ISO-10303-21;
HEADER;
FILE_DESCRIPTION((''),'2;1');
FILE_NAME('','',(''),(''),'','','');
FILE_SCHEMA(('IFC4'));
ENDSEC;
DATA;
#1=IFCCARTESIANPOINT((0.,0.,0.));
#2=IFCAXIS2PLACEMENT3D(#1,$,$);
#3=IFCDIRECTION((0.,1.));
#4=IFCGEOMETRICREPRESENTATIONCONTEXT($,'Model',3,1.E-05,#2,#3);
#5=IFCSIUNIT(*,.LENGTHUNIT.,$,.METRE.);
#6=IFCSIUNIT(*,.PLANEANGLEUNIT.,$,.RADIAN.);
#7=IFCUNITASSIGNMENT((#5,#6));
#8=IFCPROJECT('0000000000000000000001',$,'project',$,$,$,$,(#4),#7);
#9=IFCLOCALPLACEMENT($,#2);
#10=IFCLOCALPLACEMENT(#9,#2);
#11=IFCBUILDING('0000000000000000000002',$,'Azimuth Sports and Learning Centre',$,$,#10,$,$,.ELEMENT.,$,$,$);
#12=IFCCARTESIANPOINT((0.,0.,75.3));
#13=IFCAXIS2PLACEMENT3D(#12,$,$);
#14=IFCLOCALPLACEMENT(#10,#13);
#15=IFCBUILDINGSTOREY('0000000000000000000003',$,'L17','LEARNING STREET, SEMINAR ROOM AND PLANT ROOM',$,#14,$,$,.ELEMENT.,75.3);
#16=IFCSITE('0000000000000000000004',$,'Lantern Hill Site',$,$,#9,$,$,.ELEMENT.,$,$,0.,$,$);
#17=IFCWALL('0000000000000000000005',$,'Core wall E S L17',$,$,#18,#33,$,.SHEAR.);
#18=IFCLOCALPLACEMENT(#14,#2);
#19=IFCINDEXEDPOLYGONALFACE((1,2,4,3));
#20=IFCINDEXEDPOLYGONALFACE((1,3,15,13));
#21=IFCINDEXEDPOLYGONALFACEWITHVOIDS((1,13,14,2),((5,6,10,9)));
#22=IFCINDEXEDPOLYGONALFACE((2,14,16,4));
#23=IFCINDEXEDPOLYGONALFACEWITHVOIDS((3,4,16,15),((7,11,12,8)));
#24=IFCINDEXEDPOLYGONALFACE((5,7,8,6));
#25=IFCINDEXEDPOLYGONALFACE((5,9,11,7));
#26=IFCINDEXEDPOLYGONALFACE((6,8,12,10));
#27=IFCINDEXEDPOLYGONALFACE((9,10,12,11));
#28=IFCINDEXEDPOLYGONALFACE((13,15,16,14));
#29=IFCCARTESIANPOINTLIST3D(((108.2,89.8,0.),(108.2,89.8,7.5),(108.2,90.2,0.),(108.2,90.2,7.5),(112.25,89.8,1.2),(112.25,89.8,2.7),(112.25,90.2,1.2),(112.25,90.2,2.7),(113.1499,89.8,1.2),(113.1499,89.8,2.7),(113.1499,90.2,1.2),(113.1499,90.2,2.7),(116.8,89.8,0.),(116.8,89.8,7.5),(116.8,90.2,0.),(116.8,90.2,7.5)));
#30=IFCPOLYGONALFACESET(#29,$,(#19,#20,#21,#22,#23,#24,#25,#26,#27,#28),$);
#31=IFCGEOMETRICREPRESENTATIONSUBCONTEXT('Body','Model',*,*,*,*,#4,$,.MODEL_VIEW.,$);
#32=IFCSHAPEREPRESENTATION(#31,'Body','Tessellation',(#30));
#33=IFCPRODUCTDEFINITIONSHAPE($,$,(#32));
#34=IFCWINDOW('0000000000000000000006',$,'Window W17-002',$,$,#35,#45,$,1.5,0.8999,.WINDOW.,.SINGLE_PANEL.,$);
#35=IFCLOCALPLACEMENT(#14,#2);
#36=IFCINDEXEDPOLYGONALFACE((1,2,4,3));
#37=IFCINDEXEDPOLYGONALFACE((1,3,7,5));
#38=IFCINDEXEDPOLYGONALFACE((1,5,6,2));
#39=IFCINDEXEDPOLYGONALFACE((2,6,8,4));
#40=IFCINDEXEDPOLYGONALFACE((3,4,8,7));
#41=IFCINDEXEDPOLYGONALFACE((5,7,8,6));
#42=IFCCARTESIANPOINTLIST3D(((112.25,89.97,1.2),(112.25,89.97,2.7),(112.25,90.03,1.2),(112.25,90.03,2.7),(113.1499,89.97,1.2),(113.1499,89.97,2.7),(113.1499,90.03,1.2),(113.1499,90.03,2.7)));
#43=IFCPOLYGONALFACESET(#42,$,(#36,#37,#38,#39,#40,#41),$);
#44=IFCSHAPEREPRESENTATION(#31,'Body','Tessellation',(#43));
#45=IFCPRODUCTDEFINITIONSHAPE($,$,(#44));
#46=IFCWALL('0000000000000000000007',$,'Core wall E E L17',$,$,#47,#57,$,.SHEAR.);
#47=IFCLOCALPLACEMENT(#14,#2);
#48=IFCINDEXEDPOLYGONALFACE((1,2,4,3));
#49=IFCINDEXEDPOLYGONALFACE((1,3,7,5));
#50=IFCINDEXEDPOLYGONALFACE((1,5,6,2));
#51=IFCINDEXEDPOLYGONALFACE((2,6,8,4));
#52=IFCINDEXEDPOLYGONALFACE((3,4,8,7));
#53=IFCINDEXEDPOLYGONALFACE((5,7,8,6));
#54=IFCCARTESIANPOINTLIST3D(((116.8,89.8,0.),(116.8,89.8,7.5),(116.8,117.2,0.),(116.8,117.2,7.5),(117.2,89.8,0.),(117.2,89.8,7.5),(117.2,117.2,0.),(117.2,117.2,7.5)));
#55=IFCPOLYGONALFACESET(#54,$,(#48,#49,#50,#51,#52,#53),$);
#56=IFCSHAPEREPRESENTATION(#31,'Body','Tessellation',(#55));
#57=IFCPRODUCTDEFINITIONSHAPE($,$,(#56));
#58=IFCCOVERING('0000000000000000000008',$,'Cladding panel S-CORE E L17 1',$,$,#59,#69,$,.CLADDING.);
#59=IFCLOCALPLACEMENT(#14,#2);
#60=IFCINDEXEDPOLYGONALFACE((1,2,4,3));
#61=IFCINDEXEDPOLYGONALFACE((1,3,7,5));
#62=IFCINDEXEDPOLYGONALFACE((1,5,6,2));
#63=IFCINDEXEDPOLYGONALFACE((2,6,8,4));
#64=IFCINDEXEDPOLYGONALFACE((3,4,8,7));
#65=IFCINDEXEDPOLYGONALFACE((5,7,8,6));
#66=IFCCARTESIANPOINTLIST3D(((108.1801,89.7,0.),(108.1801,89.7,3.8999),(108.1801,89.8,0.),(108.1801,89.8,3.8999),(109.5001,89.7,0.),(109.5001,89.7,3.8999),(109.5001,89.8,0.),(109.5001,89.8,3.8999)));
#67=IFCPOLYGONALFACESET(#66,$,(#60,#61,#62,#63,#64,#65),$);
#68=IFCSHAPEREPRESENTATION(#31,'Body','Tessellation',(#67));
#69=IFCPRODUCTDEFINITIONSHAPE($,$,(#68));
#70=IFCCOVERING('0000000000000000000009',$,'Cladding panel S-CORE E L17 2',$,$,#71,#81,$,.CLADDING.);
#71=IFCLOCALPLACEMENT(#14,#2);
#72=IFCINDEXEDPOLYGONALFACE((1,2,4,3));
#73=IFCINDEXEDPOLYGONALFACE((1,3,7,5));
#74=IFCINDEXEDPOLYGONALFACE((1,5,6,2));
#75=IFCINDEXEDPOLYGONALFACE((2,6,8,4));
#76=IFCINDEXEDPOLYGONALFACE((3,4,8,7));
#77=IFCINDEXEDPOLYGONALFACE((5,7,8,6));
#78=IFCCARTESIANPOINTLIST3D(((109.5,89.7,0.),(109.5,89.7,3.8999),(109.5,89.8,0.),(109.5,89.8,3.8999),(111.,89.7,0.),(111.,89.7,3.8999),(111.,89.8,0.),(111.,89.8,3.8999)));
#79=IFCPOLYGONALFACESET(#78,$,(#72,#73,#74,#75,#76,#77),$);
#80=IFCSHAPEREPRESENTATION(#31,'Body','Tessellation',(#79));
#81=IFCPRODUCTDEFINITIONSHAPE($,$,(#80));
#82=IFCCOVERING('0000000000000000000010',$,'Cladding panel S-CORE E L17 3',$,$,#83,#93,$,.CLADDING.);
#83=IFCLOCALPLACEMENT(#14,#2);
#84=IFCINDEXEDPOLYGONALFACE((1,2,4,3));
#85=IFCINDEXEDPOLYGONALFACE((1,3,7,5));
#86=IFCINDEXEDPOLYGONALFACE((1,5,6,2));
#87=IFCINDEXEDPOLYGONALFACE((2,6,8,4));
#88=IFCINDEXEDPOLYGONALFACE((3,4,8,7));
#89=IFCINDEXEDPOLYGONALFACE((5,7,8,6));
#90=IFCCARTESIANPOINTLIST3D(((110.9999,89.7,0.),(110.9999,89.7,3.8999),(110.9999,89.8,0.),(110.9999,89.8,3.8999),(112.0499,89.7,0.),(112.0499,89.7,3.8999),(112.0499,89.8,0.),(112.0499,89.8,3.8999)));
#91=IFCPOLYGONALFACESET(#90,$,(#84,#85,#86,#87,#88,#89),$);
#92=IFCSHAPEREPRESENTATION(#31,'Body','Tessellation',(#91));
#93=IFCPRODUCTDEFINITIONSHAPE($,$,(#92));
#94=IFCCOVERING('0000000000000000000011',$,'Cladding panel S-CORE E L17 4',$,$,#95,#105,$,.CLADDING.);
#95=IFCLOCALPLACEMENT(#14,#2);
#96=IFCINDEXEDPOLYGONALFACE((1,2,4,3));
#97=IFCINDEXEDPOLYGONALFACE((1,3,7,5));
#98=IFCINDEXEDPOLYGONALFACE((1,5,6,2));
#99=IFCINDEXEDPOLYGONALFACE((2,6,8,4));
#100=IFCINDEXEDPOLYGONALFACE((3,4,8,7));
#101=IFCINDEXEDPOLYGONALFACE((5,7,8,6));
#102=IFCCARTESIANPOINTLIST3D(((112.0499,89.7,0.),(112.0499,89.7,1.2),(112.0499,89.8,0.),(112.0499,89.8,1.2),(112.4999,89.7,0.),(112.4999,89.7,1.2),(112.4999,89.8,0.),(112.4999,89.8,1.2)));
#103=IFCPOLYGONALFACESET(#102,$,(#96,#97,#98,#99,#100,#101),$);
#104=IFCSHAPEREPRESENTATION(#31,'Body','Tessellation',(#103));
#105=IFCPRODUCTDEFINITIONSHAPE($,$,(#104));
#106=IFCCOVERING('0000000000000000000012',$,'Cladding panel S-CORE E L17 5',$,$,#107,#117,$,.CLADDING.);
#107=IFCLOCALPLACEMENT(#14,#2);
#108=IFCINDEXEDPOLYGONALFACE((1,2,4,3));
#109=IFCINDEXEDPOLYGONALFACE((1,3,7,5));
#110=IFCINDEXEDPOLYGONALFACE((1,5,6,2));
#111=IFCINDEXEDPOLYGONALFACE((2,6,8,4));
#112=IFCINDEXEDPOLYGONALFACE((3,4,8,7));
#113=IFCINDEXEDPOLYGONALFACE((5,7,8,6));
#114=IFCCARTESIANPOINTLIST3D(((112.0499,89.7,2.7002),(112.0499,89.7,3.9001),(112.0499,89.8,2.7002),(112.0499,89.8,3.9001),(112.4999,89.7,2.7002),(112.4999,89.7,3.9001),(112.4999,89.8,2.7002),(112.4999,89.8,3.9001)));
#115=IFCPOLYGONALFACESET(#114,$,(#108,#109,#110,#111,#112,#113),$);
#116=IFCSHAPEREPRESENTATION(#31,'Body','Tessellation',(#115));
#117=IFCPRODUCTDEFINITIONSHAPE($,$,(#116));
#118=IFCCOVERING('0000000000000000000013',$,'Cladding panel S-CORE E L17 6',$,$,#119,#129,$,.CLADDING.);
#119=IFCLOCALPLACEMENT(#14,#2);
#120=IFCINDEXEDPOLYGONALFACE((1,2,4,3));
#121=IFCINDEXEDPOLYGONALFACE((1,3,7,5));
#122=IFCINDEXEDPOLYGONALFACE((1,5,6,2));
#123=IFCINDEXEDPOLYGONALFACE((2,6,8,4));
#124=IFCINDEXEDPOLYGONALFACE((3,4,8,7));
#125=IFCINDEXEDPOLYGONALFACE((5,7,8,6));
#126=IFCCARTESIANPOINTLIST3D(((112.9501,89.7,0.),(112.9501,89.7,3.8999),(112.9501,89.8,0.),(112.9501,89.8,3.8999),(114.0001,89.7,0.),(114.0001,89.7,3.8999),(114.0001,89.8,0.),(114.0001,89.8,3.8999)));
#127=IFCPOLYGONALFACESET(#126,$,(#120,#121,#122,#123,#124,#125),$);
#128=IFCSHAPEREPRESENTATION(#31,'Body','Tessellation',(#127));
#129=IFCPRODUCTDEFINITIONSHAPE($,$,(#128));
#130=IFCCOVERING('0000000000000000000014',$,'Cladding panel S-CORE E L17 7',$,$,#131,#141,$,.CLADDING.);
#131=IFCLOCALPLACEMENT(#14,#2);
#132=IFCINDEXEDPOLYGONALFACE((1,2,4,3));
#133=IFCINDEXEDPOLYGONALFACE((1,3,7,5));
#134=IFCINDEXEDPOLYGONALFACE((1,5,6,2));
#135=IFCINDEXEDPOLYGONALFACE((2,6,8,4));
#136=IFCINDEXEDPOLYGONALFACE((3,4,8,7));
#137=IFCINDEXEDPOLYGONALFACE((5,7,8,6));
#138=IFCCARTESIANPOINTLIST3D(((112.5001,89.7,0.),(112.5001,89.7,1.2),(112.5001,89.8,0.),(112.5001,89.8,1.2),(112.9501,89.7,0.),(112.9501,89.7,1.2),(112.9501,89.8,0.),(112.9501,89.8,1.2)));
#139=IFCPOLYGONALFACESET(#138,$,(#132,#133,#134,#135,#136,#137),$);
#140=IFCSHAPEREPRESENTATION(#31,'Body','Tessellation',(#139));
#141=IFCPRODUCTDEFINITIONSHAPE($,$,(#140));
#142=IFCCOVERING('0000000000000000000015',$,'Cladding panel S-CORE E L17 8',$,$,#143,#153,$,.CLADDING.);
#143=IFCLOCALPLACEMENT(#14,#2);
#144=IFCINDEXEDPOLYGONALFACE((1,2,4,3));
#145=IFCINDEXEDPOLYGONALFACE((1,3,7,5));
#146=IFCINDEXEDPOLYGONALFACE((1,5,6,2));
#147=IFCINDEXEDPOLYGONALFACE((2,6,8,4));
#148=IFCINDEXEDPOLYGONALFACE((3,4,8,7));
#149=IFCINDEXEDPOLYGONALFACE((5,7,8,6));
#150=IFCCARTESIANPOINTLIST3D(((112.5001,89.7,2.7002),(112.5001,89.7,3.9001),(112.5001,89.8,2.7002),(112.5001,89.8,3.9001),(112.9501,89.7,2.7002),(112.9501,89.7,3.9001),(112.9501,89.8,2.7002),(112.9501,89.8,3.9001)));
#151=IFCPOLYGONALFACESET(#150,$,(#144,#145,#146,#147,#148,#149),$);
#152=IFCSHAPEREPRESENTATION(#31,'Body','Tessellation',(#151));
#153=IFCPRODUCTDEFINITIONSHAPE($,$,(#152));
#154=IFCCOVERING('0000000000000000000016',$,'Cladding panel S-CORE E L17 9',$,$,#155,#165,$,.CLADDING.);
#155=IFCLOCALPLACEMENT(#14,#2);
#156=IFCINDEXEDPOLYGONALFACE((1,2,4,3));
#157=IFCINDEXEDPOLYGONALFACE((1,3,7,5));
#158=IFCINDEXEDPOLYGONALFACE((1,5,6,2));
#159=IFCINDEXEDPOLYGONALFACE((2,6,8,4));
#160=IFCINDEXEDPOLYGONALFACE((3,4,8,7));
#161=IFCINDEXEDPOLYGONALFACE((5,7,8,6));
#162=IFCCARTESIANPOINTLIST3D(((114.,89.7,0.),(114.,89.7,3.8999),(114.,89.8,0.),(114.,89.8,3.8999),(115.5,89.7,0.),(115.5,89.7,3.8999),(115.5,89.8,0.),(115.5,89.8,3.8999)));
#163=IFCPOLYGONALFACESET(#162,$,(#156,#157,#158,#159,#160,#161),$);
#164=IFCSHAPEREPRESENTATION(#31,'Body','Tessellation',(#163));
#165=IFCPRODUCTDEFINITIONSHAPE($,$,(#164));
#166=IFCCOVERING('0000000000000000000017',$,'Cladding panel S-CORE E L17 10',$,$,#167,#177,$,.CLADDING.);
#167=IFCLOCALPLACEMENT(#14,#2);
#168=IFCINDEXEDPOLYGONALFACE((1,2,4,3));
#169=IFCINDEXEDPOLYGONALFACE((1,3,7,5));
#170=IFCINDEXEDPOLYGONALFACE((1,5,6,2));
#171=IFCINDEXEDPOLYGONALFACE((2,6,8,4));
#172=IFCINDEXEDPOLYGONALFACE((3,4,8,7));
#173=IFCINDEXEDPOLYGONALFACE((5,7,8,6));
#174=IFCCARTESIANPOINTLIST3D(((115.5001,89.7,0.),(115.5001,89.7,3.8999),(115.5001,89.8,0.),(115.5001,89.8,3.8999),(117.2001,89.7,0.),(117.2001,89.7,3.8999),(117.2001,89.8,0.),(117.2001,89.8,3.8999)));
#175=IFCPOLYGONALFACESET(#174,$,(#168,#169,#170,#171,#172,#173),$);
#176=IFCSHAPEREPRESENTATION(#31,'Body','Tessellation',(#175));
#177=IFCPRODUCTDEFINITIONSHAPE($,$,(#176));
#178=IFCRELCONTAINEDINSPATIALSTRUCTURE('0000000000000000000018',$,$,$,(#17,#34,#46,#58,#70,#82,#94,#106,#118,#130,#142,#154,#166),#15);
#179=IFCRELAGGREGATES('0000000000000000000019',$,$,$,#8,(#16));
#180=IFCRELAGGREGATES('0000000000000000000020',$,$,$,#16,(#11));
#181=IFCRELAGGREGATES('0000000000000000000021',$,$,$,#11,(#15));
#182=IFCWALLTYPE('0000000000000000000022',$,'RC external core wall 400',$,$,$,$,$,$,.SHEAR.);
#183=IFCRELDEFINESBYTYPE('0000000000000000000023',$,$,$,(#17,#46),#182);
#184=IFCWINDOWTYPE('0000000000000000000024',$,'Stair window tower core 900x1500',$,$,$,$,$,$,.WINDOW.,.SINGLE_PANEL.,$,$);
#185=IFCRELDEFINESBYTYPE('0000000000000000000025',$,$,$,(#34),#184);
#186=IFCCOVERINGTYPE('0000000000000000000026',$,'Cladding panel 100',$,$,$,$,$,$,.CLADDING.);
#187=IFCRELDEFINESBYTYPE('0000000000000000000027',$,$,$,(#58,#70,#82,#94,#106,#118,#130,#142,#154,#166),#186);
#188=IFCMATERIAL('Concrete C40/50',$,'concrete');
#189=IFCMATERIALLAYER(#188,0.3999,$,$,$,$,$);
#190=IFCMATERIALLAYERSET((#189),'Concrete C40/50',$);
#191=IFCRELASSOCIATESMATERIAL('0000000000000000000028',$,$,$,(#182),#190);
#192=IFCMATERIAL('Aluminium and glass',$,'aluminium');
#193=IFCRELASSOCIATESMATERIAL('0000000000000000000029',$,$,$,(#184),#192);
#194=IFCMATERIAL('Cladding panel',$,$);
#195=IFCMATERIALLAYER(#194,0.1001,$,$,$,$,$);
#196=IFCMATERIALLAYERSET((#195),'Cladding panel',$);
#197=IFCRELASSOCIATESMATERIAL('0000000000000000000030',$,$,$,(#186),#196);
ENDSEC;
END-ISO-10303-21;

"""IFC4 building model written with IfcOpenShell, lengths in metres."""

from ifc_helpers import new_model, si_unit, direction, frame, frame_2d, origin, origin_2d, place, context, subcontext, project, spatial, rectangle, extrude, material, layer, layer_set, type_object, element, fill, save


model = new_model("IFC4")

# Units and contexts
model_context = context("Model", 3, precision=1e-05, world=origin(), true_north=direction((0.0, 1.0)))
body_context = subcontext(model_context, "Body", "Model", "MODEL_VIEW")
ifc_project = project(units=[si_unit("LENGTHUNIT", "METRE"), si_unit("PLANEANGLEUNIT", "RADIAN")], contexts=[model_context])

# Site, building, storey
site_placement = place(None, origin())
site = spatial("IfcSite", under=ifc_project, at=site_placement, Name="Lantern Hill Site", CompositionType="ELEMENT", RefElevation=0.0)
building_placement = place(site_placement, origin())
building = spatial("IfcBuilding", under=site, at=building_placement, Name="Azimuth Sports and Learning Centre", CompositionType="ELEMENT")
storey_placement = place(building_placement, frame((0.0, 0.0, 75.3)))
storey = spatial("IfcBuildingStorey", under=building, at=storey_placement, Name="L17", Description="LEARNING STREET, SEMINAR ROOM AND PLANT ROOM", CompositionType="ELEMENT", Elevation=75.3)

# Wall, opening, window
ifc_material_1 = material(Name="Concrete C40/50", Category="concrete")
ifc_layer_1 = layer(ifc_material_1, 0.3999)
ifc_layer_set_1 = layer_set([ifc_layer_1], Name="Concrete C40/50")
wall_type_1 = type_object("IfcWallType", Name="RC external core wall 400", PredefinedType="SHEAR", material=ifc_layer_set_1)
wall_1_placement = place(storey_placement, frame((108.2, 90.0, 0.0), z_axis=(0.0, 0.0, 1.0), x_axis=(1.0, 0.0, 0.0)))
wall_1 = element("IfcWall", 1, at=wall_1_placement, inside=storey, type_object=wall_type_1, Name="Core wall E S L17", PredefinedType="SHEAR", context=body_context, shape_type="SweptSolid", body=[
    extrude(rectangle(XDim=8.6001, YDim=0.3999, at=frame_2d((4.3, 0.0))), origin(), (0.0, 0.0, 1.0), 7.5),
])
opening_1_placement = place(wall_1_placement, frame((4.05, 0.0, 1.2)))
opening_1 = element("IfcOpeningElement", 2, at=opening_1_placement, cuts=wall_1, PredefinedType="OPENING", context=body_context, shape_type="SweptSolid", body=[
    extrude(rectangle(XDim=0.8999, YDim=1.5, at=frame_2d((0.45, 0.75))), frame((0.0, 0.2109, 0.0), z_axis=(0.0, -1.0, 0.0), x_axis=(1.0, 0.0, 0.0)), (0.0, 0.0, 1.0), 0.4219),
])
ifc_material_2 = material(Name="Aluminium and glass", Category="aluminium")
window_type = type_object("IfcWindowType", Name="Stair window tower core 900x1500", PartitioningType="SINGLE_PANEL", PredefinedType="WINDOW", material=ifc_material_2)
window_placement = place(opening_1_placement, origin())
window = element("IfcWindow", 3, at=window_placement, inside=storey, type_object=window_type, Name="Window W17-002", OverallHeight=1.5, OverallWidth=0.8999, PartitioningType="SINGLE_PANEL", PredefinedType="WINDOW", context=body_context, shape_type="SweptSolid", body=[
    extrude(rectangle(XDim=0.8999, YDim=1.5, at=frame_2d((0.45, 0.75))), frame((0.0, 0.03, 0.0), z_axis=(0.0, -1.0, 0.0), x_axis=(1.0, 0.0, 0.0)), (0.0, 0.0, 1.0), 0.0601),
])
fill(opening_1, window)

# Wall
wall_2_placement = place(storey_placement, frame((117.0, 89.8, 0.0), z_axis=(0.0, 0.0, 1.0), x_axis=(0.0, 1.0, 0.0)))
element("IfcWall", 4, at=wall_2_placement, inside=storey, type_object=wall_type_1, Name="Core wall E E L17", PredefinedType="SHEAR", context=body_context, shape_type="SweptSolid", body=[
    extrude(rectangle(XDim=27.3999, YDim=0.3999, at=frame_2d((13.7, 0.0))), origin(), (0.0, 0.0, 1.0), 7.5),
])

# Coverings
ifc_material_3 = material(Name="Cladding panel")
ifc_layer_2 = layer(ifc_material_3, 0.1001)
ifc_layer_set_2 = layer_set([ifc_layer_2], Name="Cladding panel")
covering_type = type_object("IfcCoveringType", Name="Cladding panel 100", PredefinedType="CLADDING", material=ifc_layer_set_2)
covering_1_placement = place(storey_placement, frame((108.8401, 89.75, 0.0), z_axis=(0.0, 0.0, 1.0), x_axis=(1.0, 0.0, 0.0)))
element("IfcCovering", 5, at=covering_1_placement, inside=storey, type_object=covering_type, Name="Cladding panel S-CORE E L17 1", PredefinedType="CLADDING", context=body_context, shape_type="SweptSolid", body=[
    extrude(rectangle(XDim=1.3201, YDim=0.1001, at=origin_2d()), origin(), (0.0, 0.0, 1.0), 3.8999),
])
covering_2_placement = place(storey_placement, frame((110.25, 89.75, 0.0), z_axis=(0.0, 0.0, 1.0), x_axis=(1.0, 0.0, 0.0)))
element("IfcCovering", 6, at=covering_2_placement, inside=storey, type_object=covering_type, Name="Cladding panel S-CORE E L17 2", PredefinedType="CLADDING", context=body_context, shape_type="SweptSolid", body=[
    extrude(rectangle(XDim=1.5, YDim=0.1001, at=origin_2d()), origin(), (0.0, 0.0, 1.0), 3.8999),
])
covering_3_placement = place(storey_placement, frame((111.5249, 89.75, 0.0), z_axis=(0.0, 0.0, 1.0), x_axis=(1.0, 0.0, 0.0)))
element("IfcCovering", 7, at=covering_3_placement, inside=storey, type_object=covering_type, Name="Cladding panel S-CORE E L17 3", PredefinedType="CLADDING", context=body_context, shape_type="SweptSolid", body=[
    extrude(rectangle(XDim=1.05, YDim=0.1001, at=origin_2d()), origin(), (0.0, 0.0, 1.0), 3.8999),
])
for number, where, z_axis, x_axis, name in (
    (8, (112.2749, 89.75, 0.0), (0.0, 0.0, 1.0), (1.0, 0.0, 0.0), "Cladding panel S-CORE E L17 4"),
    (9, (112.2749, 89.75, 2.7002), (0.0, 0.0, 1.0), (1.0, 0.0, 0.0), "Cladding panel S-CORE E L17 5"),
):
    element("IfcCovering", number, at=place(storey_placement, frame(where, z_axis=z_axis, x_axis=x_axis)), inside=storey, type_object=covering_type, Name=name, PredefinedType="CLADDING", context=body_context, shape_type="SweptSolid", body=[
        extrude(rectangle(XDim=0.45, YDim=0.1001, at=origin_2d()), origin(), (0.0, 0.0, 1.0), 1.2),
    ])
covering_4_placement = place(storey_placement, frame((113.4751, 89.75, 0.0), z_axis=(0.0, 0.0, 1.0), x_axis=(1.0, 0.0, 0.0)))
element("IfcCovering", 10, at=covering_4_placement, inside=storey, type_object=covering_type, Name="Cladding panel S-CORE E L17 6", PredefinedType="CLADDING", context=body_context, shape_type="SweptSolid", body=[
    extrude(rectangle(XDim=1.05, YDim=0.1001, at=origin_2d()), origin(), (0.0, 0.0, 1.0), 3.8999),
])
for number, where, z_axis, x_axis, name in (
    (11, (112.7251, 89.75, 0.0), (0.0, 0.0, 1.0), (1.0, 0.0, 0.0), "Cladding panel S-CORE E L17 7"),
    (12, (112.7251, 89.75, 2.7002), (0.0, 0.0, 1.0), (1.0, 0.0, 0.0), "Cladding panel S-CORE E L17 8"),
):
    element("IfcCovering", number, at=place(storey_placement, frame(where, z_axis=z_axis, x_axis=x_axis)), inside=storey, type_object=covering_type, Name=name, PredefinedType="CLADDING", context=body_context, shape_type="SweptSolid", body=[
        extrude(rectangle(XDim=0.45, YDim=0.1001, at=origin_2d()), origin(), (0.0, 0.0, 1.0), 1.2),
    ])
covering_5_placement = place(storey_placement, frame((114.75, 89.75, 0.0), z_axis=(0.0, 0.0, 1.0), x_axis=(1.0, 0.0, 0.0)))
element("IfcCovering", 13, at=covering_5_placement, inside=storey, type_object=covering_type, Name="Cladding panel S-CORE E L17 9", PredefinedType="CLADDING", context=body_context, shape_type="SweptSolid", body=[
    extrude(rectangle(XDim=1.5, YDim=0.1001, at=origin_2d()), origin(), (0.0, 0.0, 1.0), 3.8999),
])
covering_6_placement = place(storey_placement, frame((116.3501, 89.75, 0.0), z_axis=(0.0, 0.0, 1.0), x_axis=(1.0, 0.0, 0.0)))
element("IfcCovering", 14, at=covering_6_placement, inside=storey, type_object=covering_type, Name="Cladding panel S-CORE E L17 10", PredefinedType="CLADDING", context=body_context, shape_type="SweptSolid", body=[
    extrude(rectangle(XDim=1.7, YDim=0.1001, at=origin_2d()), origin(), (0.0, 0.0, 1.0), 3.8999),
])

save(model, "model.ifc")
